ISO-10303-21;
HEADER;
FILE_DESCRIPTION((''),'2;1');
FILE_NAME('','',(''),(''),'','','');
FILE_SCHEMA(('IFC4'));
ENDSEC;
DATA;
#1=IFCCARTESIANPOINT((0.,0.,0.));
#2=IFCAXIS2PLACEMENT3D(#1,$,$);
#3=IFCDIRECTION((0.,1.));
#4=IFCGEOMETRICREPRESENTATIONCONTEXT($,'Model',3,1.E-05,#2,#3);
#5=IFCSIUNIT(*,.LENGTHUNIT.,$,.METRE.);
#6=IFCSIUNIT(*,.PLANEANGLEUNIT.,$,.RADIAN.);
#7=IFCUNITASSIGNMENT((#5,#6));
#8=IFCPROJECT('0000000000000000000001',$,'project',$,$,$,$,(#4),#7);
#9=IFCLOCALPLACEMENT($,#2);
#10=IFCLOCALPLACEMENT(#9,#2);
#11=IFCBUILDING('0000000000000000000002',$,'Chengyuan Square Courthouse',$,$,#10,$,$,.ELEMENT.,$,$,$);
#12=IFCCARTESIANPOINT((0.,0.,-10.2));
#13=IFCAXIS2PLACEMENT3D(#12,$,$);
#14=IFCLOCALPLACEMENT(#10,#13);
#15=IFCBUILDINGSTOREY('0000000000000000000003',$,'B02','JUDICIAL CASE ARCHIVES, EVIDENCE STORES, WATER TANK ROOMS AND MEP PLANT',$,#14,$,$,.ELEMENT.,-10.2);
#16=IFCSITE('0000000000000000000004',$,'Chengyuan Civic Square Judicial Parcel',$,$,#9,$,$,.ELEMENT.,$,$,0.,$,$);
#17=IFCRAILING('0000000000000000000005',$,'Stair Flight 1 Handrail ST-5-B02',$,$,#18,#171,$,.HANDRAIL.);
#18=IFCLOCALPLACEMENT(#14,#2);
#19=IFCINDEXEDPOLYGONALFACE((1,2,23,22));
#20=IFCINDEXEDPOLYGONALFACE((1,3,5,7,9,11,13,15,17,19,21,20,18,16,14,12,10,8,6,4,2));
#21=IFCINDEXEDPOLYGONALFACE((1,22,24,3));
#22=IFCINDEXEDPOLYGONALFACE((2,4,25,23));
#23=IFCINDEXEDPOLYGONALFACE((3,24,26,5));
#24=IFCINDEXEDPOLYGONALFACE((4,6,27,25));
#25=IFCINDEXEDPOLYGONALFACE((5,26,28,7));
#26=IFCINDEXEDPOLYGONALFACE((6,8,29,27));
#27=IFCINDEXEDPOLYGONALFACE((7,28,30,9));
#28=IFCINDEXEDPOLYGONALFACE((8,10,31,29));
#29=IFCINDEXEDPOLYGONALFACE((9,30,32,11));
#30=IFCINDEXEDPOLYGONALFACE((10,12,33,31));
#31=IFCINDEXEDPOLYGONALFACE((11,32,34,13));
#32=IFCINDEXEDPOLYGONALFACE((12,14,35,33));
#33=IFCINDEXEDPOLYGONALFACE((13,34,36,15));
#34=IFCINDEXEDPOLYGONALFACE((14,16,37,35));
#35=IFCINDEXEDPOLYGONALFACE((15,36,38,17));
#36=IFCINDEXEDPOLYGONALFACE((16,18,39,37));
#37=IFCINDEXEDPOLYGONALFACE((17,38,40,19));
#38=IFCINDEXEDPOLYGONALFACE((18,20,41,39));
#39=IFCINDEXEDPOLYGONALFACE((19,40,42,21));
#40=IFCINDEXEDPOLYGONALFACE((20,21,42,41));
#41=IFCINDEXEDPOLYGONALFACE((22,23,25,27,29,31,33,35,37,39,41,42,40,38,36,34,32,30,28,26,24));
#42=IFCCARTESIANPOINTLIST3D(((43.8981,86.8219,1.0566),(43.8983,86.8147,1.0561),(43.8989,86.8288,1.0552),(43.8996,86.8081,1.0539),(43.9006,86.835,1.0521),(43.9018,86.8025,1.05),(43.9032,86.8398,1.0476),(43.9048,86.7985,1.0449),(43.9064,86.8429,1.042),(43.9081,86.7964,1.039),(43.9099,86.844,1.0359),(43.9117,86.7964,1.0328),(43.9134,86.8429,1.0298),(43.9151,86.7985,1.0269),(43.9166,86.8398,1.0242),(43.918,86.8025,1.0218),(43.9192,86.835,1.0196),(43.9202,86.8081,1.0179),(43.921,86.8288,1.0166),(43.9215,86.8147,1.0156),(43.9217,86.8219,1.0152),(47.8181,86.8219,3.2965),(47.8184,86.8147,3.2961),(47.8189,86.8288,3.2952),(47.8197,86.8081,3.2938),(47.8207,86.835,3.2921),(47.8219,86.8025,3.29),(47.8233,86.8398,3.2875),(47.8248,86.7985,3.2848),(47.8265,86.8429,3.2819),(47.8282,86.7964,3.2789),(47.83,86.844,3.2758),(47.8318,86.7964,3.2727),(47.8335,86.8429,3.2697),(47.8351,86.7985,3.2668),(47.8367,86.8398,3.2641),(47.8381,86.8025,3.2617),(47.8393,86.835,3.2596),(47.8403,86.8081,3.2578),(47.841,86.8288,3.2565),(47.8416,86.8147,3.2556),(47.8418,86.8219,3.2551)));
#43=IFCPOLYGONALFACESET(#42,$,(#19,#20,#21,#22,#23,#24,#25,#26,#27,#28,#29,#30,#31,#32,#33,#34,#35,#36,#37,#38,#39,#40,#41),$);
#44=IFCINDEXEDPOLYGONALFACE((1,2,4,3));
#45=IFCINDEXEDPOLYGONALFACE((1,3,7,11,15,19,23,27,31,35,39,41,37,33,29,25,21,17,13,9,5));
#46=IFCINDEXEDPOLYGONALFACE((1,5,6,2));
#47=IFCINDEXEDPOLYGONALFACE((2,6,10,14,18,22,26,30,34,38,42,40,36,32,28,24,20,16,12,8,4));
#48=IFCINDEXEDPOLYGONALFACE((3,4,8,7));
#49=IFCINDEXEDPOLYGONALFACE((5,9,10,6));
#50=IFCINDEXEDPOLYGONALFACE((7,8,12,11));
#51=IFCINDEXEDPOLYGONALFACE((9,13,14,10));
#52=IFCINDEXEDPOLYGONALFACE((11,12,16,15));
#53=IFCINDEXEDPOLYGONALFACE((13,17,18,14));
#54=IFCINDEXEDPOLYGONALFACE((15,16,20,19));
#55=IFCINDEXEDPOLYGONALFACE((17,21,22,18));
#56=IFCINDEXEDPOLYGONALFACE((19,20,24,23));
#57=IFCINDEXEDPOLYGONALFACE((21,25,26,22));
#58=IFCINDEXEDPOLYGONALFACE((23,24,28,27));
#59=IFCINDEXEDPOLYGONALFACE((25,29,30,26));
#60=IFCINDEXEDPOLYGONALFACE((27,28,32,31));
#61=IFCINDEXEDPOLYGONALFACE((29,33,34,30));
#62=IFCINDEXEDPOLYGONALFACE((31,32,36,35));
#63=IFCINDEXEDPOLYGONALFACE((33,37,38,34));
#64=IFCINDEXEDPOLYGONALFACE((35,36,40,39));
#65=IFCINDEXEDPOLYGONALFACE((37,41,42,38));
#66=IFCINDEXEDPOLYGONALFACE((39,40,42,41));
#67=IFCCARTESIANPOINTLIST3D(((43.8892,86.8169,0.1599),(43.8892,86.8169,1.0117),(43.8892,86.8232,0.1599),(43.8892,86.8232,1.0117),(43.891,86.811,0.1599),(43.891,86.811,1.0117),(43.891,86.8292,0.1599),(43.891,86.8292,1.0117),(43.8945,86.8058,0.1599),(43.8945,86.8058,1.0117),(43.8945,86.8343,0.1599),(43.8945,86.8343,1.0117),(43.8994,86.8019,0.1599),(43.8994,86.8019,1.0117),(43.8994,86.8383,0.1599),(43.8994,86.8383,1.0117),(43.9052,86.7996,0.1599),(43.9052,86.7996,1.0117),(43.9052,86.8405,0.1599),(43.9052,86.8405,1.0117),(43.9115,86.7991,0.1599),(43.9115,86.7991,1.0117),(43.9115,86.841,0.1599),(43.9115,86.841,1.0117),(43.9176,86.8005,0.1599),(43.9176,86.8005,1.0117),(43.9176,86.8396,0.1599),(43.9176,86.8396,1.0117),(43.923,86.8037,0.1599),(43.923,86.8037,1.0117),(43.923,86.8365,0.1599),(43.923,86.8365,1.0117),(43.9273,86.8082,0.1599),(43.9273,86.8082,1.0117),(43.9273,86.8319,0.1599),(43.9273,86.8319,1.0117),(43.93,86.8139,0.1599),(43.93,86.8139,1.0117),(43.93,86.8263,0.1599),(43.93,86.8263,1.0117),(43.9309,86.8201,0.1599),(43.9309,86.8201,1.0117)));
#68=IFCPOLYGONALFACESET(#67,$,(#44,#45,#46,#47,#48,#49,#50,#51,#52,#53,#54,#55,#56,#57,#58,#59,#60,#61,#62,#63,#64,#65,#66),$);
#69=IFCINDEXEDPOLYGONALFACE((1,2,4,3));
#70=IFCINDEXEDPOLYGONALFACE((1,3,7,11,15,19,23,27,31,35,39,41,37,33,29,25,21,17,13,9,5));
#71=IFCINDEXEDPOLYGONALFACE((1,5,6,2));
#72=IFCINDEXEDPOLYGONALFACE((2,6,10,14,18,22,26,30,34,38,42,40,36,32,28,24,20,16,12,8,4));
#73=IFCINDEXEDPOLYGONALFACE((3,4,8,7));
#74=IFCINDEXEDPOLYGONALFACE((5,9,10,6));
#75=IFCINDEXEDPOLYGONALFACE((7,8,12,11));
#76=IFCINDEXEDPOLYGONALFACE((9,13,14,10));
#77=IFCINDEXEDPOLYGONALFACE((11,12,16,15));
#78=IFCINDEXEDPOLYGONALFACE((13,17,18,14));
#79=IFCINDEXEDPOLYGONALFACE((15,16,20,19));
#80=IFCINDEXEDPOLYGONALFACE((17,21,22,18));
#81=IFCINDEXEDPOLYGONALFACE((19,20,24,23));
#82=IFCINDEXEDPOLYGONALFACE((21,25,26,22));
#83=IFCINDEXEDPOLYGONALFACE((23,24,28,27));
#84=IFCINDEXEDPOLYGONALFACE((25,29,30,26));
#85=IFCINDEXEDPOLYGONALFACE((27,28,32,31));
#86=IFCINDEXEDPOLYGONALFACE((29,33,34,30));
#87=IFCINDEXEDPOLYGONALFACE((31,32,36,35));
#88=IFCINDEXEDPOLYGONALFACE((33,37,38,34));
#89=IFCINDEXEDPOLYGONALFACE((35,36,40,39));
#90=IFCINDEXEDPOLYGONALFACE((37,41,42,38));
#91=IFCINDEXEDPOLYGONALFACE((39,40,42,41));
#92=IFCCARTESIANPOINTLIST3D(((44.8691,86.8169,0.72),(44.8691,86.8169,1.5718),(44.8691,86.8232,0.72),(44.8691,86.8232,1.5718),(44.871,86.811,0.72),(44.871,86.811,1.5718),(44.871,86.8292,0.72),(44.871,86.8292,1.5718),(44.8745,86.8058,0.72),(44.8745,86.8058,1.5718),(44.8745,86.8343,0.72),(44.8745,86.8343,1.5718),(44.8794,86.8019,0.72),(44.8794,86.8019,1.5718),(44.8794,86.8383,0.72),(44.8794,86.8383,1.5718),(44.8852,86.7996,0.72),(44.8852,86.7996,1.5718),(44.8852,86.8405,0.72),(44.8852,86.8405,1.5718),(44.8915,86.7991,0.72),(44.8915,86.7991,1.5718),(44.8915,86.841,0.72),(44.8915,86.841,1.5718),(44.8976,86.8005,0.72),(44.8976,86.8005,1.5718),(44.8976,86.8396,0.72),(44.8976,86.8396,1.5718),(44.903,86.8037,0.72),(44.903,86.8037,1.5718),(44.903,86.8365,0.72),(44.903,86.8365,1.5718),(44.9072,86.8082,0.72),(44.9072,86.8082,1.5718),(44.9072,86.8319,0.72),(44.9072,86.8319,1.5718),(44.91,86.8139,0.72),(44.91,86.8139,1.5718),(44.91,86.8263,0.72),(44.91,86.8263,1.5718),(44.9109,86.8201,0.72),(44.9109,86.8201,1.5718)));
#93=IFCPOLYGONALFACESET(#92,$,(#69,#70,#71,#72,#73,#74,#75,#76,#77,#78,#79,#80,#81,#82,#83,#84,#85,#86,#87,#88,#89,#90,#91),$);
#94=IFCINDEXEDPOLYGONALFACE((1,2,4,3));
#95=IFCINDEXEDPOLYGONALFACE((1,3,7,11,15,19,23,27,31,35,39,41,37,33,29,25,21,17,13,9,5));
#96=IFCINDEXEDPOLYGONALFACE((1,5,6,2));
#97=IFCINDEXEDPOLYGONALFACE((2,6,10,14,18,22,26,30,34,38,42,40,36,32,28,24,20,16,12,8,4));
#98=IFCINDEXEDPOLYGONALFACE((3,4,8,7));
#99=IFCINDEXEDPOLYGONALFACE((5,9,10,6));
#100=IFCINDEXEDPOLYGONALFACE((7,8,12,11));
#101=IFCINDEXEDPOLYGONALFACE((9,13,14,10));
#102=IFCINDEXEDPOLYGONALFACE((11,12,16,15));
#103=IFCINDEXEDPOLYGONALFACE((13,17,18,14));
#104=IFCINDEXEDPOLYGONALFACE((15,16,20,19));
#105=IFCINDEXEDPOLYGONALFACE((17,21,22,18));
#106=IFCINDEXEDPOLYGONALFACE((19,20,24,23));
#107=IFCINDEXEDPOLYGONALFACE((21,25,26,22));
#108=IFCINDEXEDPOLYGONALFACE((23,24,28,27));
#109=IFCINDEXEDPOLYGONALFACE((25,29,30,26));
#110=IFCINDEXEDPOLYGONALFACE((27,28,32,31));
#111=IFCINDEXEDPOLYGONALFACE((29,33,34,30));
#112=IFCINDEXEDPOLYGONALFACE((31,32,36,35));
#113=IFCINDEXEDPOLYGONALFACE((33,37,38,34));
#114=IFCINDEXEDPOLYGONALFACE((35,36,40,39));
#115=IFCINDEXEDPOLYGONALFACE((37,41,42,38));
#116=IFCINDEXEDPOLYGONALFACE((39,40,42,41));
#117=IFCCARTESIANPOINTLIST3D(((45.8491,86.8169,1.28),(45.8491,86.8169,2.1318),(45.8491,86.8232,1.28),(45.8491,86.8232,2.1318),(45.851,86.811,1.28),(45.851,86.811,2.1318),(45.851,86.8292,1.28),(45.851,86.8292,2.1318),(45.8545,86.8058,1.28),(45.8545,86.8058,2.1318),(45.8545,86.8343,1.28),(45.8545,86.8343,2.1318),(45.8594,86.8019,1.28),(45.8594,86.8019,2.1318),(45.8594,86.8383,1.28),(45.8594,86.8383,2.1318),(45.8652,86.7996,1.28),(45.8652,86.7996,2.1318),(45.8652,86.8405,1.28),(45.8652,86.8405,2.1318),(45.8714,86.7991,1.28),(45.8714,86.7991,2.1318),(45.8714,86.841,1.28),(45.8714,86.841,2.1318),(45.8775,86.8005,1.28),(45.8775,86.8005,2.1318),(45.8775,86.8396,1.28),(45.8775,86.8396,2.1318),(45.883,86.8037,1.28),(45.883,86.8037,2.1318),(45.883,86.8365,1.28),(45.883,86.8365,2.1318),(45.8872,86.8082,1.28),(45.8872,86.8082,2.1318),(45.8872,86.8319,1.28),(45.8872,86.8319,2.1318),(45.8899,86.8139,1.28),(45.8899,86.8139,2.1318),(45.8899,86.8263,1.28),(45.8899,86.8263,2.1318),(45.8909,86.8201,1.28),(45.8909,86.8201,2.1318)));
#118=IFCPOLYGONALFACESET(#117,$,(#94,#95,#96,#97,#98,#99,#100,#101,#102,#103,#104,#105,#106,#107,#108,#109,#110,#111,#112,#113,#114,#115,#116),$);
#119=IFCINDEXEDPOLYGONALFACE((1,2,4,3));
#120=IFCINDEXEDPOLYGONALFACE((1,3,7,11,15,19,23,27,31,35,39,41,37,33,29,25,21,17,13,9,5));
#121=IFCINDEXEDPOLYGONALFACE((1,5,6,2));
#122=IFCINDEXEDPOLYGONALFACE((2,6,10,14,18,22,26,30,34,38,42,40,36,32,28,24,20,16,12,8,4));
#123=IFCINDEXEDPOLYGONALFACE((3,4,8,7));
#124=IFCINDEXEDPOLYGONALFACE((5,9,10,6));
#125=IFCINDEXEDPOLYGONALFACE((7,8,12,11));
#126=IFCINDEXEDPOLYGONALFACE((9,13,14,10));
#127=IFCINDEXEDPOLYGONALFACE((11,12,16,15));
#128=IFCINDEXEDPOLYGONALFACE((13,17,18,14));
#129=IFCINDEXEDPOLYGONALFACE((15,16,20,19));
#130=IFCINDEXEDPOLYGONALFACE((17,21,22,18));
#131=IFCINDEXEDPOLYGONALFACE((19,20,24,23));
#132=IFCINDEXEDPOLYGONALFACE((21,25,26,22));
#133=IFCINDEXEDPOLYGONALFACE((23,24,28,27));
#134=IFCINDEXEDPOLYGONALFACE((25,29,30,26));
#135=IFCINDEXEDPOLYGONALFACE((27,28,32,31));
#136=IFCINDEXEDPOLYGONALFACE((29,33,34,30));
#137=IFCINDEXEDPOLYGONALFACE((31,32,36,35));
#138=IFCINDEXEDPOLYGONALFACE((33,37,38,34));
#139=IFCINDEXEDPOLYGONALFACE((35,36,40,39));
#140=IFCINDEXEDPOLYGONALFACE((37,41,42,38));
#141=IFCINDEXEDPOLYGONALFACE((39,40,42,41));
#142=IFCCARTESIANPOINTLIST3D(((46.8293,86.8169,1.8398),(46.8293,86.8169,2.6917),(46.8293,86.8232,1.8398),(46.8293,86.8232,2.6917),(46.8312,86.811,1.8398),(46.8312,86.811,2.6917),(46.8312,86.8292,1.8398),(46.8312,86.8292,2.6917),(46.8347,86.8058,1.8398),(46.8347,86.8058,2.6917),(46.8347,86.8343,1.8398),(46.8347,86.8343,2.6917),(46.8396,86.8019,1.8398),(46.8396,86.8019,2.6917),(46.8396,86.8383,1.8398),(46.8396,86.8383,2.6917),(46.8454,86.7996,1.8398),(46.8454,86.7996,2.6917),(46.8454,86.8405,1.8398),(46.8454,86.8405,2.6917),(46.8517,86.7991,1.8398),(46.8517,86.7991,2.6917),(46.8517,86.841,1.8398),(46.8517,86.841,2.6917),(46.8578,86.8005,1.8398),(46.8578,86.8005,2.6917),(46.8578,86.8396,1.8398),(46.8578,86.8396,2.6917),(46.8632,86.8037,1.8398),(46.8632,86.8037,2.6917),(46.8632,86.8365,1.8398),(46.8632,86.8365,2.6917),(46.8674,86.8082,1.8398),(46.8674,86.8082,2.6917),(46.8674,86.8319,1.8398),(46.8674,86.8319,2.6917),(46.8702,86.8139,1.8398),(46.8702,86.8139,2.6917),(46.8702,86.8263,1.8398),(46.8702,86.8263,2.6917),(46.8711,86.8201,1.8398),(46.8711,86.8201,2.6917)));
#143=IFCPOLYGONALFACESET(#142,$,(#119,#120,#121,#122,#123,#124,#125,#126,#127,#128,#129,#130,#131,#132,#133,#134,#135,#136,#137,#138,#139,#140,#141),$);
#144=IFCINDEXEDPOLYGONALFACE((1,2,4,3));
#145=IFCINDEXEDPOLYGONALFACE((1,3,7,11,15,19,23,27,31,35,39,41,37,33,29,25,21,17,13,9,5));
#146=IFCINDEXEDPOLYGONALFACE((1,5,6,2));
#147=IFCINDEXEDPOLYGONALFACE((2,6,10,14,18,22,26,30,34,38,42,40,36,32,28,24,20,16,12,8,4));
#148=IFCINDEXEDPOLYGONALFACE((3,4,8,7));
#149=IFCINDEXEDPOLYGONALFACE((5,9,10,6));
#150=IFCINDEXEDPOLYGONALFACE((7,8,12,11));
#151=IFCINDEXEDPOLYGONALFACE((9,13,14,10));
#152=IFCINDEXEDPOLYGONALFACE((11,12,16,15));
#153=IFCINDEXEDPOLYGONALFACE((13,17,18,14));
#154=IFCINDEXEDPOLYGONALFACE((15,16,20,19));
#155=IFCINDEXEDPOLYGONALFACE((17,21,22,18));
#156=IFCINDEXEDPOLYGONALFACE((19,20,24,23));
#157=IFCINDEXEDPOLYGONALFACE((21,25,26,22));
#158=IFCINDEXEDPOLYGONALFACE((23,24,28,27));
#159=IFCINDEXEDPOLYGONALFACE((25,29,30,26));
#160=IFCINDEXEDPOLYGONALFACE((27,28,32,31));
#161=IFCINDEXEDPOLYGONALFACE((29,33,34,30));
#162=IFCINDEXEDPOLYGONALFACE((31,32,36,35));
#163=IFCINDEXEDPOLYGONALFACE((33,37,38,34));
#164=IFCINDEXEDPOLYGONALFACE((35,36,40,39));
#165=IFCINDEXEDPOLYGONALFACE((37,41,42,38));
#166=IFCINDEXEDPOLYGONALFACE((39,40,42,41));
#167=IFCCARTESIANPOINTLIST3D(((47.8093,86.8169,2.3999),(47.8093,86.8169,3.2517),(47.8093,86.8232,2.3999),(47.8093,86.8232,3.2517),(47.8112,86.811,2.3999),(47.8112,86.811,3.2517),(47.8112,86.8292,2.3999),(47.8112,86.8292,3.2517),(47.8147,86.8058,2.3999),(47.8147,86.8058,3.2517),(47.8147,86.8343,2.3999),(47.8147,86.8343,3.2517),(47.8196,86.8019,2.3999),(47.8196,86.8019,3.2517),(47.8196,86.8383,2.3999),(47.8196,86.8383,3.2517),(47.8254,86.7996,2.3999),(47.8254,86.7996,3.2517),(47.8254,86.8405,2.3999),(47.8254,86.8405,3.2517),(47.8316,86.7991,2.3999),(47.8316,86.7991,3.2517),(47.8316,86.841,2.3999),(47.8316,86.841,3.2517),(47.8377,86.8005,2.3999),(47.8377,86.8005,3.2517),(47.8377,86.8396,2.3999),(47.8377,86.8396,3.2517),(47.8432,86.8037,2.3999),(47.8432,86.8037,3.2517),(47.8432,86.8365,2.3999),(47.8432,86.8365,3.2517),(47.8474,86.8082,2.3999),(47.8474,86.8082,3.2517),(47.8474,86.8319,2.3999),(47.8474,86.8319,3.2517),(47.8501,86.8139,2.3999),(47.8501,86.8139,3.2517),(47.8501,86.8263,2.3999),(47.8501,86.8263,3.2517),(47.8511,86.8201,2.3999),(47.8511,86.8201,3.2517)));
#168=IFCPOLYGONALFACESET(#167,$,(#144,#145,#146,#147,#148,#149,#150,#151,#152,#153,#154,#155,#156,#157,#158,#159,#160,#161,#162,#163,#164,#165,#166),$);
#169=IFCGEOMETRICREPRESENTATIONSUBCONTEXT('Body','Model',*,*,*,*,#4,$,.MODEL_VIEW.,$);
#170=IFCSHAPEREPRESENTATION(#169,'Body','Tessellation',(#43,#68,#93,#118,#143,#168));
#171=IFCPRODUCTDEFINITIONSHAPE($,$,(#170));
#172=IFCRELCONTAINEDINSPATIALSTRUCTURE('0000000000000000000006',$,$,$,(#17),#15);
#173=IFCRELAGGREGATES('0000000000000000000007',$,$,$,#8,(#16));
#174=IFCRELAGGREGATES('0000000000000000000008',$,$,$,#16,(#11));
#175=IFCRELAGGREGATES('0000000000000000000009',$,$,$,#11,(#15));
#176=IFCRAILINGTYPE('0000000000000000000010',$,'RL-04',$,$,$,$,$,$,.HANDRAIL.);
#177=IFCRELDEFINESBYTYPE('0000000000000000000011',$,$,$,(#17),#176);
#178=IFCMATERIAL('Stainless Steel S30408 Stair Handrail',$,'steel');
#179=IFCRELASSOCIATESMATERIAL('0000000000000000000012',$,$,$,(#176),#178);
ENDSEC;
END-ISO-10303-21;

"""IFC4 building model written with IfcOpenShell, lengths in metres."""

from ifc_helpers import new_model, si_unit, direction, frame, origin, origin_2d, place, context, subcontext, project, spatial, circle, extrude, material, type_object, element, save


model = new_model("IFC4")

# Units and contexts
model_context = context("Model", 3, precision=1e-05, world=origin(), true_north=direction((0.0, 1.0)))
body_context = subcontext(model_context, "Body", "Model", "MODEL_VIEW")
ifc_project = project(units=[si_unit("LENGTHUNIT", "METRE"), si_unit("PLANEANGLEUNIT", "RADIAN")], contexts=[model_context])

# Site, building, storey
site_placement = place(None, origin())
site = spatial("IfcSite", under=ifc_project, at=site_placement, Name="Chengyuan Civic Square Judicial Parcel", CompositionType="ELEMENT", RefElevation=0.0)
building_placement = place(site_placement, origin())
building = spatial("IfcBuilding", under=site, at=building_placement, Name="Chengyuan Square Courthouse", CompositionType="ELEMENT")
storey_placement = place(building_placement, frame((0.0, 0.0, -10.2)))
storey = spatial("IfcBuildingStorey", under=building, at=storey_placement, Name="B02", Description="JUDICIAL CASE ARCHIVES, EVIDENCE STORES, WATER TANK ROOMS AND MEP PLANT", CompositionType="ELEMENT", Elevation=-10.2)

# Railing
ifc_material_1 = material(Name="Stainless Steel S30408 Stair Handrail", Category="steel")
railing_type_1 = type_object("IfcRailingType", Name="RL-04", PredefinedType="HANDRAIL", material=ifc_material_1)
railing_1_placement = place(storey_placement, frame((43.9099, 86.8201, 0.1599)))
element("IfcRailing", 1, at=railing_1_placement, inside=storey, type_object=railing_type_1, Name="Stair Flight 1 Handrail ST-5-B02", PredefinedType="HANDRAIL", context=body_context, shape_type="SweptSolid", body=[
    extrude(circle(Radius=0.0239, at=origin_2d()), frame((0.0, 0.0, 0.876), z_axis=(0.868253, 0.0, 0.496121), x_axis=(0.0, 1.0, 0.0)), (0.0, 0.0, 1.0), 4.5149),
    extrude(circle(Radius=0.021, at=origin_2d()), origin(), (0.0, 0.0, 1.0), 0.8518),
    extrude(circle(Radius=0.021, at=origin_2d()), frame((0.98, 0.0, 0.5601)), (0.0, 0.0, 1.0), 0.8518),
    extrude(circle(Radius=0.021, at=origin_2d()), frame((1.96, 0.0, 1.1201)), (0.0, 0.0, 1.0), 0.8518),
    extrude(circle(Radius=0.021, at=origin_2d()), frame((2.9402, 0.0, 1.6799)), (0.0, 0.0, 1.0), 0.8518),
    extrude(circle(Radius=0.021, at=origin_2d()), frame((3.9202, 0.0, 2.24)), (0.0, 0.0, 1.0), 0.8518),
])

save(model, "model.ifc")
